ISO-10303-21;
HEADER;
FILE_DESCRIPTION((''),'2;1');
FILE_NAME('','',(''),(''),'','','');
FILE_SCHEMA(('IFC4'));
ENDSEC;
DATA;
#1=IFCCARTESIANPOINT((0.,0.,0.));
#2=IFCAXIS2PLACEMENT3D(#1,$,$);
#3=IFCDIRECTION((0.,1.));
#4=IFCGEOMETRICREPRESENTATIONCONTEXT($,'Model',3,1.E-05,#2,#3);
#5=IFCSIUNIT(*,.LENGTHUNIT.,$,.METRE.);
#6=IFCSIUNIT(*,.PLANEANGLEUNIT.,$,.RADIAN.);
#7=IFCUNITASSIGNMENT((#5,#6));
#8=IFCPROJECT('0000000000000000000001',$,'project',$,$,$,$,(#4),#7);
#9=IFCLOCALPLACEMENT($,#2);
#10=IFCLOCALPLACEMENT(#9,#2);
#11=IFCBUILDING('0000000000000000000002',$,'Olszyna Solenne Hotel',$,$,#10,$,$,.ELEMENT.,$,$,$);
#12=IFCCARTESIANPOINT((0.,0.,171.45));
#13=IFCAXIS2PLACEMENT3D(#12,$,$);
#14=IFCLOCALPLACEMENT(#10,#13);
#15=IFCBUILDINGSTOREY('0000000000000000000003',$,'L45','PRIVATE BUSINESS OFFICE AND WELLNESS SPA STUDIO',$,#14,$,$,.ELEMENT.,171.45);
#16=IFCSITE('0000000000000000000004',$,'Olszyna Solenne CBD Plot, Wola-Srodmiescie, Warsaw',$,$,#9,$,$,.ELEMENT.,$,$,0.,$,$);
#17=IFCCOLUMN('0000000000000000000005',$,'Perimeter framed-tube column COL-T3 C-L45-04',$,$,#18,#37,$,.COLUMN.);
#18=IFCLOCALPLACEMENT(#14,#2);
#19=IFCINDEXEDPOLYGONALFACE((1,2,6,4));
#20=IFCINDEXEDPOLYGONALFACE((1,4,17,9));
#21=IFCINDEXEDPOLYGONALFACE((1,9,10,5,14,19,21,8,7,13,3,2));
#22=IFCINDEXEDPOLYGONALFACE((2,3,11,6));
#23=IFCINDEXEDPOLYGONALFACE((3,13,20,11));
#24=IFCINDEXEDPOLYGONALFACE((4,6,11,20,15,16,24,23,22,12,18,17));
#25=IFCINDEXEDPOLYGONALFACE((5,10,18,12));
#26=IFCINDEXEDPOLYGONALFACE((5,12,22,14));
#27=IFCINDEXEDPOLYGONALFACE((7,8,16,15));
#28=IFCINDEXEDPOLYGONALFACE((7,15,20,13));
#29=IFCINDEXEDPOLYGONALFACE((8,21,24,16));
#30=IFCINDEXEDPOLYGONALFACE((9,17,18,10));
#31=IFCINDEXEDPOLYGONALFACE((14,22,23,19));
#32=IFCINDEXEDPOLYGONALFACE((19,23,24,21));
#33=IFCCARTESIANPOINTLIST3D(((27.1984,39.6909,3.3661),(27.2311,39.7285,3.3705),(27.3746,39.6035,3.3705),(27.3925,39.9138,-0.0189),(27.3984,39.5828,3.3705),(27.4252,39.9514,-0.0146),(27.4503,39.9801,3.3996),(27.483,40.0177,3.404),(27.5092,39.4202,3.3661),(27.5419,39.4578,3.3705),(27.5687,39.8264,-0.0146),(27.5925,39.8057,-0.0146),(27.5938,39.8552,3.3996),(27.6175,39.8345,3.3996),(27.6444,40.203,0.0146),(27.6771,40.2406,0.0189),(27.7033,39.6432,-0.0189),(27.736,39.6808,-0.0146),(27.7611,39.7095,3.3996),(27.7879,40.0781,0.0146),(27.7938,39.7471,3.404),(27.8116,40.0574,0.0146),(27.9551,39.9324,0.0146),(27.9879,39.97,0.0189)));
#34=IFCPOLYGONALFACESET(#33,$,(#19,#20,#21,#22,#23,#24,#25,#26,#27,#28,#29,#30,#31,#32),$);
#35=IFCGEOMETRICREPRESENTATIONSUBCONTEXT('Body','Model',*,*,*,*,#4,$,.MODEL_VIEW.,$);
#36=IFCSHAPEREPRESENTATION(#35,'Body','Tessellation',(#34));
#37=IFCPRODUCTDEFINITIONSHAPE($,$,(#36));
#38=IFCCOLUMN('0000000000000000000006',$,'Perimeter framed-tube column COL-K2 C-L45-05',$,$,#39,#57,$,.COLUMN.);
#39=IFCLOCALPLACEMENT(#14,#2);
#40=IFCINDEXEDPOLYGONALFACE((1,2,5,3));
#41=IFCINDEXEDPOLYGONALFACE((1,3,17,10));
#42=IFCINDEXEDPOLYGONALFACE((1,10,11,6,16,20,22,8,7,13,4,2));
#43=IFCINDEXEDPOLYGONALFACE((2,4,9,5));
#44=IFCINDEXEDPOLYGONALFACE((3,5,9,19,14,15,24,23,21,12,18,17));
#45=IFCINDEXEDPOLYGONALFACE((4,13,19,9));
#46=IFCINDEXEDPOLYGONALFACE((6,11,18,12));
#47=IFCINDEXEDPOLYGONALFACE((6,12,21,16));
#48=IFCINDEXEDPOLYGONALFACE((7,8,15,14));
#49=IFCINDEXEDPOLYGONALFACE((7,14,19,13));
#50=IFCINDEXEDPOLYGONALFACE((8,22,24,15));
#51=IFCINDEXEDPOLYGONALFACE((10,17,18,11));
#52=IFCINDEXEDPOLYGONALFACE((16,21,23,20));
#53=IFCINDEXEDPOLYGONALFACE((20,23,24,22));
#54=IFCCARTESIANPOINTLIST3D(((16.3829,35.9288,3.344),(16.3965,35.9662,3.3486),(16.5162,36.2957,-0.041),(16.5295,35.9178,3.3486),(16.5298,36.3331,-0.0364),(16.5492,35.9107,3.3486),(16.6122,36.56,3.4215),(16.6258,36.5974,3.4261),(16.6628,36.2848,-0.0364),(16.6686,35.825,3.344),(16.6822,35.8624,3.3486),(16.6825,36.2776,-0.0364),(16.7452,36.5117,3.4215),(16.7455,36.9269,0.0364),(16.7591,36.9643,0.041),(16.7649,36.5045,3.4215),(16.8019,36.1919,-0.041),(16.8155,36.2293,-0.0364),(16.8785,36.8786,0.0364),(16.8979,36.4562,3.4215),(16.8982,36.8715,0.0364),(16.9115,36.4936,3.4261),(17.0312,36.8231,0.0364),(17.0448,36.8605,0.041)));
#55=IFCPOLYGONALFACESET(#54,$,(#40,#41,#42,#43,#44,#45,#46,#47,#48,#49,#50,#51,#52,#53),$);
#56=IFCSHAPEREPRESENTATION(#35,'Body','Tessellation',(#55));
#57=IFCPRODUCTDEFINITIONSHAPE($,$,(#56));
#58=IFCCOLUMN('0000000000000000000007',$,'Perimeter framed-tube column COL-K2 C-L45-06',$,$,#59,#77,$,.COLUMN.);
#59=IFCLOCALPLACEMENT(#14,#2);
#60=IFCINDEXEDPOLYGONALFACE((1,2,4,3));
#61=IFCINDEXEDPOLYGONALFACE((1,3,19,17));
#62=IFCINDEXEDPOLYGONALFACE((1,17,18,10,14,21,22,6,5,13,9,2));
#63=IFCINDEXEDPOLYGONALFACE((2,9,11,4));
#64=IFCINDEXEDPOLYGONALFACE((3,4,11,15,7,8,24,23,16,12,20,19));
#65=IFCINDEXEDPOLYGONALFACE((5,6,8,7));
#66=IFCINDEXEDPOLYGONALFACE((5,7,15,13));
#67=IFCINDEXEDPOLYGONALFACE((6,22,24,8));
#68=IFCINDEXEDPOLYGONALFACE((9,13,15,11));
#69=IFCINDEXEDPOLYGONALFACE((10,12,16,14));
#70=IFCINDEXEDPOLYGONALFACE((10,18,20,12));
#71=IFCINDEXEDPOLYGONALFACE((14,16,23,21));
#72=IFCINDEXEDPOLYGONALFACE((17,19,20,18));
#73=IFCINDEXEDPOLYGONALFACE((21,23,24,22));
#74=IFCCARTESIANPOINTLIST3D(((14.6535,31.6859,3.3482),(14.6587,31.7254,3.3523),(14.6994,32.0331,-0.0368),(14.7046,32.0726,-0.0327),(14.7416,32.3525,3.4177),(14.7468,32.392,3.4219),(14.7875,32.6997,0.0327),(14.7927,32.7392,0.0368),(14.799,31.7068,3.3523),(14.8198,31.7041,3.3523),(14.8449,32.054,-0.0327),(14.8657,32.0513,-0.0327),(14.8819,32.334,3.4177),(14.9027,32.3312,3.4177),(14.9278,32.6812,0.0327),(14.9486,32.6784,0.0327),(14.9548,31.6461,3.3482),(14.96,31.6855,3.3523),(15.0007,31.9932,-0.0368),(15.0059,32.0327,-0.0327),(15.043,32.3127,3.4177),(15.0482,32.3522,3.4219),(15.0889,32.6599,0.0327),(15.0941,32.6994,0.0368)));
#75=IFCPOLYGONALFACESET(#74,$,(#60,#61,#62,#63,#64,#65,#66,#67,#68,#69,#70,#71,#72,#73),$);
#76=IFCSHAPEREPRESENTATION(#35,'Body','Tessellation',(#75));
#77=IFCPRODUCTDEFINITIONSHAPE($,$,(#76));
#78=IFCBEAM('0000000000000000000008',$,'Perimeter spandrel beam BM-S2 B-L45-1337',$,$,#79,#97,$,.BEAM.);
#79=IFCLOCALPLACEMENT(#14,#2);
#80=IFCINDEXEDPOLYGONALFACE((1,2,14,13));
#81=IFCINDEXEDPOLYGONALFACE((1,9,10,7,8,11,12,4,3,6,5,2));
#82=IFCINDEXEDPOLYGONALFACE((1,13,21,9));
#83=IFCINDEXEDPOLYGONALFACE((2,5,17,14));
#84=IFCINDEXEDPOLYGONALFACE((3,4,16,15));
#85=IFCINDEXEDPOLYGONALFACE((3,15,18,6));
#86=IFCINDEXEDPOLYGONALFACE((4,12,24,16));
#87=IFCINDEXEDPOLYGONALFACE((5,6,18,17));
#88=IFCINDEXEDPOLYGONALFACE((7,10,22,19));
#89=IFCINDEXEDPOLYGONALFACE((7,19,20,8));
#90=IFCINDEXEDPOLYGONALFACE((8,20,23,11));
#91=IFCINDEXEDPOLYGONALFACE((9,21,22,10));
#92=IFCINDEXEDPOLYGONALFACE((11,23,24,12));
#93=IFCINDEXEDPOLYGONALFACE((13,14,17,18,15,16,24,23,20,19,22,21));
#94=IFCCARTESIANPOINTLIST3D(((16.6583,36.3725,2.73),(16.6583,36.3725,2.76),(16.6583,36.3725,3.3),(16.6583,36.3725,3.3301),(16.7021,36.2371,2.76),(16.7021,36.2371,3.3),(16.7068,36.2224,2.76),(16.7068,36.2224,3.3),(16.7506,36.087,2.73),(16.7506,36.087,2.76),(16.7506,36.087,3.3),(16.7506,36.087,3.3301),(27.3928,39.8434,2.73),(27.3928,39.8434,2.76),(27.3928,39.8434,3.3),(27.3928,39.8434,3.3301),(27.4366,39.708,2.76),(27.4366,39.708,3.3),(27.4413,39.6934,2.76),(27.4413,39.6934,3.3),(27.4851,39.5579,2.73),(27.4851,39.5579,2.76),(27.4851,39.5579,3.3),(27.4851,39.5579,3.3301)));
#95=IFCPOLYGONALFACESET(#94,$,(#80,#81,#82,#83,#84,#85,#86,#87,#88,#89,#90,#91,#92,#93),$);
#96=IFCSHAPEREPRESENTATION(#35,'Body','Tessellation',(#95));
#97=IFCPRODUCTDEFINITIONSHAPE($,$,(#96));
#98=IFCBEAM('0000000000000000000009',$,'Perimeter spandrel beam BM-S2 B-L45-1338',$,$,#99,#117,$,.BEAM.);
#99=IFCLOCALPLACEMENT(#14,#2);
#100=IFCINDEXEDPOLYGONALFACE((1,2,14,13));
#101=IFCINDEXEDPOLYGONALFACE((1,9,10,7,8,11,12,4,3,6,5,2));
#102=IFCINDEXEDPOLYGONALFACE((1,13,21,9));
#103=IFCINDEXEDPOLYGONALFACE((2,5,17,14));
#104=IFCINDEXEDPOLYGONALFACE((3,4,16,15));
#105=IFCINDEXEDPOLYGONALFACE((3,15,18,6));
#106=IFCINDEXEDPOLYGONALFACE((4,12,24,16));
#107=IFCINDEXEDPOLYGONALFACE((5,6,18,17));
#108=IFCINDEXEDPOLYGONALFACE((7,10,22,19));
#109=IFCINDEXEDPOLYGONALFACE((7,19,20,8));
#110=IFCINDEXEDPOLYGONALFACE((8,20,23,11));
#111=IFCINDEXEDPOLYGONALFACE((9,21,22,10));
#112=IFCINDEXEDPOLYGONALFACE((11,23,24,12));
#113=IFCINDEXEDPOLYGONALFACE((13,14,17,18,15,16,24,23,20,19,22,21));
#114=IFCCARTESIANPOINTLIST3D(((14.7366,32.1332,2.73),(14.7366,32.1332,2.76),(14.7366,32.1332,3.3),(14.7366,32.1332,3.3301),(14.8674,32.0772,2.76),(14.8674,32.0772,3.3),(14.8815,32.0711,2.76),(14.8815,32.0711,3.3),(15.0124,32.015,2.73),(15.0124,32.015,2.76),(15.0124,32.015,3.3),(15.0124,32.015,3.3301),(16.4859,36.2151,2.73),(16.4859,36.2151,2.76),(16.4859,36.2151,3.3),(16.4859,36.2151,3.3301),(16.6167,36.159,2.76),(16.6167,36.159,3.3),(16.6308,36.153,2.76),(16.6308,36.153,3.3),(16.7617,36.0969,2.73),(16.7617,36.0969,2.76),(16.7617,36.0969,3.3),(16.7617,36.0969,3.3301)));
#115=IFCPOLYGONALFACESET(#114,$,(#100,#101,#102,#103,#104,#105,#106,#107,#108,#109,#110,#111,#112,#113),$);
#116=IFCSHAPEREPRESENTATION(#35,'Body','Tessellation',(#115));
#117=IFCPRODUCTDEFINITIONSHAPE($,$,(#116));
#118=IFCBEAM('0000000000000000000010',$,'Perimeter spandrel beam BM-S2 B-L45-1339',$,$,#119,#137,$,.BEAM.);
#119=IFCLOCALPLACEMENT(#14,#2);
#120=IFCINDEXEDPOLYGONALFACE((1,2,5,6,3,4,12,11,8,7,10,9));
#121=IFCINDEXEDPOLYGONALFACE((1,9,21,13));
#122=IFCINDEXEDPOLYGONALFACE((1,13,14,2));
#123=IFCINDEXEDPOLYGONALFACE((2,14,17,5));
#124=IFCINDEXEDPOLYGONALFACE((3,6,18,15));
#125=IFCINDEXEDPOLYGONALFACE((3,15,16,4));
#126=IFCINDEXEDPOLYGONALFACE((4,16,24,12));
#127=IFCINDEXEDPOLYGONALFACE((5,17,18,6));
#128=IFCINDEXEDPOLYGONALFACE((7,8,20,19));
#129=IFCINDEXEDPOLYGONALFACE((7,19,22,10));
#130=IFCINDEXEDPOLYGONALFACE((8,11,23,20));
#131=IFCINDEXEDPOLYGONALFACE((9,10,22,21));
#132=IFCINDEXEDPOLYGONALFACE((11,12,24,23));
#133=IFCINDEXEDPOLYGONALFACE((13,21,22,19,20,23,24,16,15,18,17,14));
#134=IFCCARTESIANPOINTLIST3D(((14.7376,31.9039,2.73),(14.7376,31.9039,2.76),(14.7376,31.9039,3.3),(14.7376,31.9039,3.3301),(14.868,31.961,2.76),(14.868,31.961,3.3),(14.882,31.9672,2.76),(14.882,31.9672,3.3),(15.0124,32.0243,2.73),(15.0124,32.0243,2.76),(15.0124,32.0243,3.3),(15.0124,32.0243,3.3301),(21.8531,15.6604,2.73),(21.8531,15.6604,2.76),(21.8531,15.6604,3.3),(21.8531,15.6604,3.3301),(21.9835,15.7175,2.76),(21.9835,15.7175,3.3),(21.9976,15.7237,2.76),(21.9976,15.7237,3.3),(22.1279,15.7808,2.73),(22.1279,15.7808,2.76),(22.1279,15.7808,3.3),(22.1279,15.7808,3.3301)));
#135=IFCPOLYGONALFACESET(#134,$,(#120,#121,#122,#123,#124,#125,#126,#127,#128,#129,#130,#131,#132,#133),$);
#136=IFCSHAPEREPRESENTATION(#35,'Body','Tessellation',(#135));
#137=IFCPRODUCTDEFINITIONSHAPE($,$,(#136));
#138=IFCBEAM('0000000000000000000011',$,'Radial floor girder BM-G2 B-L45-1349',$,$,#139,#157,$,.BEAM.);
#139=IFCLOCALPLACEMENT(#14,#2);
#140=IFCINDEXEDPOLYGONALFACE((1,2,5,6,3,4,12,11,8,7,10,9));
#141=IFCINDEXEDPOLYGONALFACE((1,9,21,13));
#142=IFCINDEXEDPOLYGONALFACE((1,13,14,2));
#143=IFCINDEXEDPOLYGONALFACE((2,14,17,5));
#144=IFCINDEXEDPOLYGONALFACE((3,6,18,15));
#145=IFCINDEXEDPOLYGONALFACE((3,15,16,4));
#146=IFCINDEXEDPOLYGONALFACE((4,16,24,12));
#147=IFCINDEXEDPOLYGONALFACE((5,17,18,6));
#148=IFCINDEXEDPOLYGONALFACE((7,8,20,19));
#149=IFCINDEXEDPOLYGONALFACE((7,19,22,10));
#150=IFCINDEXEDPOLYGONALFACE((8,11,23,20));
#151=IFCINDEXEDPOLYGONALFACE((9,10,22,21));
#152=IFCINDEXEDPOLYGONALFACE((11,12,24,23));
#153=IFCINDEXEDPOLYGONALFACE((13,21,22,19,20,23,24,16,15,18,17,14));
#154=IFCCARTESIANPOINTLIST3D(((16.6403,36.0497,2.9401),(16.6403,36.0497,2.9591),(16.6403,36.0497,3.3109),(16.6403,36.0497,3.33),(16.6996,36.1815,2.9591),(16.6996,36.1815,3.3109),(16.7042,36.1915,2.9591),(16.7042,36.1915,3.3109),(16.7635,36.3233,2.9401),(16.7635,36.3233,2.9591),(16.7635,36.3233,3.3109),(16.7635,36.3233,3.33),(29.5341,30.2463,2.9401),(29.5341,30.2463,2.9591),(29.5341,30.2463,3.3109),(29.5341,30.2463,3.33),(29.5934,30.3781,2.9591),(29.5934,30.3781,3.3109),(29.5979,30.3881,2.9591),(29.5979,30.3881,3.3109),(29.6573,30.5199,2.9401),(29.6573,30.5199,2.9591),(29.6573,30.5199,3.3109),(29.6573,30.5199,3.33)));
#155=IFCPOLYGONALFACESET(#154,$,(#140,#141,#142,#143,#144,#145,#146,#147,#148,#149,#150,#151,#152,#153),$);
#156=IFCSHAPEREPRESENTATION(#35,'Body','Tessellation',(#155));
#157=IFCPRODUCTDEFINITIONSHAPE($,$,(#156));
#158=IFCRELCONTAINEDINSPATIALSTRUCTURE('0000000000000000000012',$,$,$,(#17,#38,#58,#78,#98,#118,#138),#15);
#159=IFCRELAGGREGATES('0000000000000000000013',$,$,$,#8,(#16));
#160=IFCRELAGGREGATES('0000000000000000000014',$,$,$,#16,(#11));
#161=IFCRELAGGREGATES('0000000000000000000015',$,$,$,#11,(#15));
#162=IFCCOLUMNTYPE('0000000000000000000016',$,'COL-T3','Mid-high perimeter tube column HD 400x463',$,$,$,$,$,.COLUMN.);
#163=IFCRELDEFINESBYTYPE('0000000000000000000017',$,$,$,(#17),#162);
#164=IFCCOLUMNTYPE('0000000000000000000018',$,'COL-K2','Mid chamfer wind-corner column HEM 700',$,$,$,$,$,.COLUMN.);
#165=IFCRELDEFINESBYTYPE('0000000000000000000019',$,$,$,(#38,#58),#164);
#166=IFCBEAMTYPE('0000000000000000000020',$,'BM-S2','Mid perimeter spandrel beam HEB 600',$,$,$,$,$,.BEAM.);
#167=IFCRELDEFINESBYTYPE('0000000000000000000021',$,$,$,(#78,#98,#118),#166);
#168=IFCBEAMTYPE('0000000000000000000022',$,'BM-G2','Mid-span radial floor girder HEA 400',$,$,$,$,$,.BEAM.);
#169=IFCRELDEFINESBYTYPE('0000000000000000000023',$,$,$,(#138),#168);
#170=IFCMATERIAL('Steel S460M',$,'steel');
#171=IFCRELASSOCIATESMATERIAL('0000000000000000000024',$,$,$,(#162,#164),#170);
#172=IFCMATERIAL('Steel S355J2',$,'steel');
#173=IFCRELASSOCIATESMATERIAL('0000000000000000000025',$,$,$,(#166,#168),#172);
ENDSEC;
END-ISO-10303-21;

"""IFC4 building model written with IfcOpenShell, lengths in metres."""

from ifc_helpers import new_model, si_unit, direction, frame, origin, origin_2d, place, context, subcontext, project, spatial, i_section, extrude, source, transform, mapped, material, material_profile, profile_set, type_object, element, save


model = new_model("IFC4")

# Units and contexts
model_context = context("Model", 3, precision=1e-05, world=origin(), true_north=direction((0.0, 1.0)))
body_context = subcontext(model_context, "Body", "Model", "MODEL_VIEW")
ifc_project = project(units=[si_unit("LENGTHUNIT", "METRE"), si_unit("PLANEANGLEUNIT", "RADIAN")], contexts=[model_context])

# Site, building, storey
site_placement = place(None, origin())
site = spatial("IfcSite", under=ifc_project, at=site_placement, Name="Olszyna Solenne CBD Plot, Wola-Srodmiescie, Warsaw", CompositionType="ELEMENT", RefElevation=0.0)
building_placement = place(site_placement, origin())
building = spatial("IfcBuilding", under=site, at=building_placement, Name="Olszyna Solenne Hotel", CompositionType="ELEMENT")
storey_placement = place(building_placement, frame((0.0, 0.0, 171.45)))
storey = spatial("IfcBuildingStorey", under=building, at=storey_placement, Name="L45", Description="PRIVATE BUSINESS OFFICE AND WELLNESS SPA STUDIO", CompositionType="ELEMENT", Elevation=171.45)

# Columns
ifc_material_1 = material(Name="Steel S460M", Category="steel")
ifc_material_profile_1 = material_profile(ifc_material_1, i_section(OverallWidth=0.4121, OverallDepth=0.4351, WebThickness=0.0315, FlangeThickness=0.05, at=origin_2d()), Name="HD 400x463", Category="load-bearing")
ifc_profile_set_1 = profile_set([ifc_material_profile_1], Name="Steel S460M")
column_type_1 = type_object("IfcColumnType", Name="COL-T3", Description="Mid-high perimeter tube column HD 400x463", PredefinedType="COLUMN", material=ifc_profile_set_1)
shared_shape_1 = source(origin(), body_context, "Body", "SweptSolid", [
    extrude(i_section(OverallWidth=0.4121, OverallDepth=0.4351, WebThickness=0.0315, FlangeThickness=0.05, at=origin_2d()), origin(), (0.0, 0.0, 1.0), 3.3979),
])
column_1_placement = place(storey_placement, frame((27.6902, 39.9419, 0.0), z_axis=(-0.057121, -0.0656, 0.99621), x_axis=(0.754161, -0.65669, 0.0)))
element("IfcColumn", 1, at=column_1_placement, inside=storey, type_object=column_type_1, Name="Perimeter framed-tube column COL-T3 C-L45-04", PredefinedType="COLUMN", context=body_context, shape_type="MappedRepresentation", body=[
    mapped(shared_shape_1, transform((0.0, 0.0, 0.0), x_axis=(1.0, 0.0, 0.0), y_axis=(0.0, 1.0, 0.0), z_axis=(0.0, 0.0, 1.0), scale=1.0)),
])
ifc_material_profile_2 = material_profile(ifc_material_1, i_section(OverallWidth=0.304, OverallDepth=0.7161, WebThickness=0.021, FlangeThickness=0.04, at=origin_2d()), Name="HEM 700", Category="load-bearing")
ifc_profile_set_2 = profile_set([ifc_material_profile_2], Name="Steel S460M")
column_type_2 = type_object("IfcColumnType", Name="COL-K2", Description="Mid chamfer wind-corner column HEM 700", PredefinedType="COLUMN", material=ifc_profile_set_2)
shared_shape_2 = source(origin(), body_context, "Body", "SweptSolid", [
    extrude(i_section(OverallWidth=0.304, OverallDepth=0.7161, WebThickness=0.021, FlangeThickness=0.04, at=origin_2d()), origin(), (0.0, 0.0, 1.0), 3.4075),
])
column_2_placement = place(storey_placement, frame((16.7805, 36.5781, 0.0), z_axis=(-0.03912, -0.107689, 0.993415), x_axis=(0.939903, -0.341442, 0.0)))
element("IfcColumn", 2, at=column_2_placement, inside=storey, type_object=column_type_2, Name="Perimeter framed-tube column COL-K2 C-L45-05", PredefinedType="COLUMN", context=body_context, shape_type="MappedRepresentation", body=[
    mapped(shared_shape_2, transform((0.0, 0.0, 0.0), x_axis=(1.0, 0.0, 0.0), y_axis=(0.0, 1.0, 0.0), z_axis=(0.0, 0.0, 1.0), scale=1.0)),
])
shared_shape_3 = source(origin(), body_context, "Body", "SweptSolid", [
    extrude(i_section(OverallWidth=0.304, OverallDepth=0.7161, WebThickness=0.021, FlangeThickness=0.04, at=origin_2d()), origin(), (0.0, 0.0, 1.0), 3.4031),
])
column_3_placement = place(storey_placement, frame((14.8967, 32.3662, 0.0), z_axis=(-0.013487, -0.102016, 0.994691), x_axis=(0.991373, -0.131068, 0.0)))
element("IfcColumn", 3, at=column_3_placement, inside=storey, type_object=column_type_2, Name="Perimeter framed-tube column COL-K2 C-L45-06", PredefinedType="COLUMN", context=body_context, shape_type="MappedRepresentation", body=[
    mapped(shared_shape_3, transform((0.0, 0.0, 0.0), x_axis=(1.0, 0.0, 0.0), y_axis=(0.0, 1.0, 0.0), z_axis=(0.0, 0.0, 1.0), scale=1.0)),
])

# Beams
ifc_material_2 = material(Name="Steel S355J2", Category="steel")
ifc_material_profile_3 = material_profile(ifc_material_2, i_section(OverallWidth=0.3, OverallDepth=0.6001, WebThickness=0.0154, FlangeThickness=0.03, at=origin_2d()), Name="HEB 600", Category="load-bearing")
ifc_profile_set_3 = profile_set([ifc_material_profile_3], Name="Steel S355J2")
beam_type_1 = type_object("IfcBeamType", Name="BM-S2", Description="Mid perimeter spandrel beam HEB 600", PredefinedType="BEAM", material=ifc_profile_set_3)
shared_shape_4 = source(origin(), body_context, "Body", "SweptSolid", [
    extrude(i_section(OverallWidth=0.3, OverallDepth=0.6001, WebThickness=0.0154, FlangeThickness=0.03, at=origin_2d()), origin(), (0.0, 0.0, 1.0), 11.2817),
])
beam_1_placement = place(storey_placement, frame((27.439, 39.7007, 3.03), z_axis=(-0.951497, -0.307658, 0.0), x_axis=(0.307658, -0.951497, 0.0)))
element("IfcBeam", 4, at=beam_1_placement, inside=storey, type_object=beam_type_1, Name="Perimeter spandrel beam BM-S2 B-L45-1337", PredefinedType="BEAM", context=body_context, shape_type="MappedRepresentation", body=[
    mapped(shared_shape_4, transform((0.0, 0.0, 0.0), x_axis=(1.0, 0.0, 0.0), y_axis=(0.0, 1.0, 0.0), z_axis=(0.0, 0.0, 1.0), scale=1.0)),
])
shared_shape_5 = source(origin(), body_context, "Body", "SweptSolid", [
    extrude(i_section(OverallWidth=0.3, OverallDepth=0.6001, WebThickness=0.0154, FlangeThickness=0.03, at=origin_2d()), origin(), (0.0, 0.0, 1.0), 4.4409),
])
beam_2_placement = place(storey_placement, frame((16.6238, 36.156, 3.03), z_axis=(-0.393906, -0.919151, 0.0), x_axis=(0.919151, -0.393906, 0.0)))
element("IfcBeam", 5, at=beam_2_placement, inside=storey, type_object=beam_type_1, Name="Perimeter spandrel beam BM-S2 B-L45-1338", PredefinedType="BEAM", context=body_context, shape_type="MappedRepresentation", body=[
    mapped(shared_shape_5, transform((0.0, 0.0, 0.0), x_axis=(1.0, 0.0, 0.0), y_axis=(0.0, 1.0, 0.0), z_axis=(0.0, 0.0, 1.0), scale=1.0)),
])
shared_shape_6 = source(origin(), body_context, "Body", "SweptSolid", [
    extrude(i_section(OverallWidth=0.3, OverallDepth=0.6001, WebThickness=0.0154, FlangeThickness=0.03, at=origin_2d()), origin(), (0.0, 0.0, 1.0), 17.7336),
])
beam_3_placement = place(storey_placement, frame((14.875, 31.9641, 3.03), z_axis=(0.401244, -0.915971, 0.0), x_axis=(0.915971, 0.401244, 0.0)))
element("IfcBeam", 6, at=beam_3_placement, inside=storey, type_object=beam_type_1, Name="Perimeter spandrel beam BM-S2 B-L45-1339", PredefinedType="BEAM", context=body_context, shape_type="MappedRepresentation", body=[
    mapped(shared_shape_6, transform((0.0, 0.0, 0.0), x_axis=(1.0, 0.0, 0.0), y_axis=(0.0, 1.0, 0.0), z_axis=(0.0, 0.0, 1.0), scale=1.0)),
])
ifc_material_profile_4 = material_profile(ifc_material_2, i_section(OverallWidth=0.3, OverallDepth=0.3899, WebThickness=0.011, FlangeThickness=0.019, at=origin_2d()), Name="HEA 400", Category="load-bearing")
ifc_profile_set_4 = profile_set([ifc_material_profile_4], Name="Steel S355J2")
beam_type_2 = type_object("IfcBeamType", Name="BM-G2", Description="Mid-span radial floor girder HEA 400", PredefinedType="BEAM", material=ifc_profile_set_4)
shared_shape_7 = source(origin(), body_context, "Body", "SweptSolid", [
    extrude(i_section(OverallWidth=0.3, OverallDepth=0.3899, WebThickness=0.011, FlangeThickness=0.019, at=origin_2d()), origin(), (0.0, 0.0, 1.0), 14.1396),
])
beam_4_placement = place(storey_placement, frame((16.7019, 36.1865, 3.135), z_axis=(0.911888, -0.410439, 0.0), x_axis=(0.410439, 0.911888, 0.0)))
element("IfcBeam", 7, at=beam_4_placement, inside=storey, type_object=beam_type_2, Name="Radial floor girder BM-G2 B-L45-1349", PredefinedType="BEAM", context=body_context, shape_type="MappedRepresentation", body=[
    mapped(shared_shape_7, transform((0.0, 0.0, 0.0), x_axis=(1.0, 0.0, 0.0), y_axis=(0.0, 1.0, 0.0), z_axis=(0.0, 0.0, 1.0), scale=1.0)),
])

save(model, "model.ifc")
